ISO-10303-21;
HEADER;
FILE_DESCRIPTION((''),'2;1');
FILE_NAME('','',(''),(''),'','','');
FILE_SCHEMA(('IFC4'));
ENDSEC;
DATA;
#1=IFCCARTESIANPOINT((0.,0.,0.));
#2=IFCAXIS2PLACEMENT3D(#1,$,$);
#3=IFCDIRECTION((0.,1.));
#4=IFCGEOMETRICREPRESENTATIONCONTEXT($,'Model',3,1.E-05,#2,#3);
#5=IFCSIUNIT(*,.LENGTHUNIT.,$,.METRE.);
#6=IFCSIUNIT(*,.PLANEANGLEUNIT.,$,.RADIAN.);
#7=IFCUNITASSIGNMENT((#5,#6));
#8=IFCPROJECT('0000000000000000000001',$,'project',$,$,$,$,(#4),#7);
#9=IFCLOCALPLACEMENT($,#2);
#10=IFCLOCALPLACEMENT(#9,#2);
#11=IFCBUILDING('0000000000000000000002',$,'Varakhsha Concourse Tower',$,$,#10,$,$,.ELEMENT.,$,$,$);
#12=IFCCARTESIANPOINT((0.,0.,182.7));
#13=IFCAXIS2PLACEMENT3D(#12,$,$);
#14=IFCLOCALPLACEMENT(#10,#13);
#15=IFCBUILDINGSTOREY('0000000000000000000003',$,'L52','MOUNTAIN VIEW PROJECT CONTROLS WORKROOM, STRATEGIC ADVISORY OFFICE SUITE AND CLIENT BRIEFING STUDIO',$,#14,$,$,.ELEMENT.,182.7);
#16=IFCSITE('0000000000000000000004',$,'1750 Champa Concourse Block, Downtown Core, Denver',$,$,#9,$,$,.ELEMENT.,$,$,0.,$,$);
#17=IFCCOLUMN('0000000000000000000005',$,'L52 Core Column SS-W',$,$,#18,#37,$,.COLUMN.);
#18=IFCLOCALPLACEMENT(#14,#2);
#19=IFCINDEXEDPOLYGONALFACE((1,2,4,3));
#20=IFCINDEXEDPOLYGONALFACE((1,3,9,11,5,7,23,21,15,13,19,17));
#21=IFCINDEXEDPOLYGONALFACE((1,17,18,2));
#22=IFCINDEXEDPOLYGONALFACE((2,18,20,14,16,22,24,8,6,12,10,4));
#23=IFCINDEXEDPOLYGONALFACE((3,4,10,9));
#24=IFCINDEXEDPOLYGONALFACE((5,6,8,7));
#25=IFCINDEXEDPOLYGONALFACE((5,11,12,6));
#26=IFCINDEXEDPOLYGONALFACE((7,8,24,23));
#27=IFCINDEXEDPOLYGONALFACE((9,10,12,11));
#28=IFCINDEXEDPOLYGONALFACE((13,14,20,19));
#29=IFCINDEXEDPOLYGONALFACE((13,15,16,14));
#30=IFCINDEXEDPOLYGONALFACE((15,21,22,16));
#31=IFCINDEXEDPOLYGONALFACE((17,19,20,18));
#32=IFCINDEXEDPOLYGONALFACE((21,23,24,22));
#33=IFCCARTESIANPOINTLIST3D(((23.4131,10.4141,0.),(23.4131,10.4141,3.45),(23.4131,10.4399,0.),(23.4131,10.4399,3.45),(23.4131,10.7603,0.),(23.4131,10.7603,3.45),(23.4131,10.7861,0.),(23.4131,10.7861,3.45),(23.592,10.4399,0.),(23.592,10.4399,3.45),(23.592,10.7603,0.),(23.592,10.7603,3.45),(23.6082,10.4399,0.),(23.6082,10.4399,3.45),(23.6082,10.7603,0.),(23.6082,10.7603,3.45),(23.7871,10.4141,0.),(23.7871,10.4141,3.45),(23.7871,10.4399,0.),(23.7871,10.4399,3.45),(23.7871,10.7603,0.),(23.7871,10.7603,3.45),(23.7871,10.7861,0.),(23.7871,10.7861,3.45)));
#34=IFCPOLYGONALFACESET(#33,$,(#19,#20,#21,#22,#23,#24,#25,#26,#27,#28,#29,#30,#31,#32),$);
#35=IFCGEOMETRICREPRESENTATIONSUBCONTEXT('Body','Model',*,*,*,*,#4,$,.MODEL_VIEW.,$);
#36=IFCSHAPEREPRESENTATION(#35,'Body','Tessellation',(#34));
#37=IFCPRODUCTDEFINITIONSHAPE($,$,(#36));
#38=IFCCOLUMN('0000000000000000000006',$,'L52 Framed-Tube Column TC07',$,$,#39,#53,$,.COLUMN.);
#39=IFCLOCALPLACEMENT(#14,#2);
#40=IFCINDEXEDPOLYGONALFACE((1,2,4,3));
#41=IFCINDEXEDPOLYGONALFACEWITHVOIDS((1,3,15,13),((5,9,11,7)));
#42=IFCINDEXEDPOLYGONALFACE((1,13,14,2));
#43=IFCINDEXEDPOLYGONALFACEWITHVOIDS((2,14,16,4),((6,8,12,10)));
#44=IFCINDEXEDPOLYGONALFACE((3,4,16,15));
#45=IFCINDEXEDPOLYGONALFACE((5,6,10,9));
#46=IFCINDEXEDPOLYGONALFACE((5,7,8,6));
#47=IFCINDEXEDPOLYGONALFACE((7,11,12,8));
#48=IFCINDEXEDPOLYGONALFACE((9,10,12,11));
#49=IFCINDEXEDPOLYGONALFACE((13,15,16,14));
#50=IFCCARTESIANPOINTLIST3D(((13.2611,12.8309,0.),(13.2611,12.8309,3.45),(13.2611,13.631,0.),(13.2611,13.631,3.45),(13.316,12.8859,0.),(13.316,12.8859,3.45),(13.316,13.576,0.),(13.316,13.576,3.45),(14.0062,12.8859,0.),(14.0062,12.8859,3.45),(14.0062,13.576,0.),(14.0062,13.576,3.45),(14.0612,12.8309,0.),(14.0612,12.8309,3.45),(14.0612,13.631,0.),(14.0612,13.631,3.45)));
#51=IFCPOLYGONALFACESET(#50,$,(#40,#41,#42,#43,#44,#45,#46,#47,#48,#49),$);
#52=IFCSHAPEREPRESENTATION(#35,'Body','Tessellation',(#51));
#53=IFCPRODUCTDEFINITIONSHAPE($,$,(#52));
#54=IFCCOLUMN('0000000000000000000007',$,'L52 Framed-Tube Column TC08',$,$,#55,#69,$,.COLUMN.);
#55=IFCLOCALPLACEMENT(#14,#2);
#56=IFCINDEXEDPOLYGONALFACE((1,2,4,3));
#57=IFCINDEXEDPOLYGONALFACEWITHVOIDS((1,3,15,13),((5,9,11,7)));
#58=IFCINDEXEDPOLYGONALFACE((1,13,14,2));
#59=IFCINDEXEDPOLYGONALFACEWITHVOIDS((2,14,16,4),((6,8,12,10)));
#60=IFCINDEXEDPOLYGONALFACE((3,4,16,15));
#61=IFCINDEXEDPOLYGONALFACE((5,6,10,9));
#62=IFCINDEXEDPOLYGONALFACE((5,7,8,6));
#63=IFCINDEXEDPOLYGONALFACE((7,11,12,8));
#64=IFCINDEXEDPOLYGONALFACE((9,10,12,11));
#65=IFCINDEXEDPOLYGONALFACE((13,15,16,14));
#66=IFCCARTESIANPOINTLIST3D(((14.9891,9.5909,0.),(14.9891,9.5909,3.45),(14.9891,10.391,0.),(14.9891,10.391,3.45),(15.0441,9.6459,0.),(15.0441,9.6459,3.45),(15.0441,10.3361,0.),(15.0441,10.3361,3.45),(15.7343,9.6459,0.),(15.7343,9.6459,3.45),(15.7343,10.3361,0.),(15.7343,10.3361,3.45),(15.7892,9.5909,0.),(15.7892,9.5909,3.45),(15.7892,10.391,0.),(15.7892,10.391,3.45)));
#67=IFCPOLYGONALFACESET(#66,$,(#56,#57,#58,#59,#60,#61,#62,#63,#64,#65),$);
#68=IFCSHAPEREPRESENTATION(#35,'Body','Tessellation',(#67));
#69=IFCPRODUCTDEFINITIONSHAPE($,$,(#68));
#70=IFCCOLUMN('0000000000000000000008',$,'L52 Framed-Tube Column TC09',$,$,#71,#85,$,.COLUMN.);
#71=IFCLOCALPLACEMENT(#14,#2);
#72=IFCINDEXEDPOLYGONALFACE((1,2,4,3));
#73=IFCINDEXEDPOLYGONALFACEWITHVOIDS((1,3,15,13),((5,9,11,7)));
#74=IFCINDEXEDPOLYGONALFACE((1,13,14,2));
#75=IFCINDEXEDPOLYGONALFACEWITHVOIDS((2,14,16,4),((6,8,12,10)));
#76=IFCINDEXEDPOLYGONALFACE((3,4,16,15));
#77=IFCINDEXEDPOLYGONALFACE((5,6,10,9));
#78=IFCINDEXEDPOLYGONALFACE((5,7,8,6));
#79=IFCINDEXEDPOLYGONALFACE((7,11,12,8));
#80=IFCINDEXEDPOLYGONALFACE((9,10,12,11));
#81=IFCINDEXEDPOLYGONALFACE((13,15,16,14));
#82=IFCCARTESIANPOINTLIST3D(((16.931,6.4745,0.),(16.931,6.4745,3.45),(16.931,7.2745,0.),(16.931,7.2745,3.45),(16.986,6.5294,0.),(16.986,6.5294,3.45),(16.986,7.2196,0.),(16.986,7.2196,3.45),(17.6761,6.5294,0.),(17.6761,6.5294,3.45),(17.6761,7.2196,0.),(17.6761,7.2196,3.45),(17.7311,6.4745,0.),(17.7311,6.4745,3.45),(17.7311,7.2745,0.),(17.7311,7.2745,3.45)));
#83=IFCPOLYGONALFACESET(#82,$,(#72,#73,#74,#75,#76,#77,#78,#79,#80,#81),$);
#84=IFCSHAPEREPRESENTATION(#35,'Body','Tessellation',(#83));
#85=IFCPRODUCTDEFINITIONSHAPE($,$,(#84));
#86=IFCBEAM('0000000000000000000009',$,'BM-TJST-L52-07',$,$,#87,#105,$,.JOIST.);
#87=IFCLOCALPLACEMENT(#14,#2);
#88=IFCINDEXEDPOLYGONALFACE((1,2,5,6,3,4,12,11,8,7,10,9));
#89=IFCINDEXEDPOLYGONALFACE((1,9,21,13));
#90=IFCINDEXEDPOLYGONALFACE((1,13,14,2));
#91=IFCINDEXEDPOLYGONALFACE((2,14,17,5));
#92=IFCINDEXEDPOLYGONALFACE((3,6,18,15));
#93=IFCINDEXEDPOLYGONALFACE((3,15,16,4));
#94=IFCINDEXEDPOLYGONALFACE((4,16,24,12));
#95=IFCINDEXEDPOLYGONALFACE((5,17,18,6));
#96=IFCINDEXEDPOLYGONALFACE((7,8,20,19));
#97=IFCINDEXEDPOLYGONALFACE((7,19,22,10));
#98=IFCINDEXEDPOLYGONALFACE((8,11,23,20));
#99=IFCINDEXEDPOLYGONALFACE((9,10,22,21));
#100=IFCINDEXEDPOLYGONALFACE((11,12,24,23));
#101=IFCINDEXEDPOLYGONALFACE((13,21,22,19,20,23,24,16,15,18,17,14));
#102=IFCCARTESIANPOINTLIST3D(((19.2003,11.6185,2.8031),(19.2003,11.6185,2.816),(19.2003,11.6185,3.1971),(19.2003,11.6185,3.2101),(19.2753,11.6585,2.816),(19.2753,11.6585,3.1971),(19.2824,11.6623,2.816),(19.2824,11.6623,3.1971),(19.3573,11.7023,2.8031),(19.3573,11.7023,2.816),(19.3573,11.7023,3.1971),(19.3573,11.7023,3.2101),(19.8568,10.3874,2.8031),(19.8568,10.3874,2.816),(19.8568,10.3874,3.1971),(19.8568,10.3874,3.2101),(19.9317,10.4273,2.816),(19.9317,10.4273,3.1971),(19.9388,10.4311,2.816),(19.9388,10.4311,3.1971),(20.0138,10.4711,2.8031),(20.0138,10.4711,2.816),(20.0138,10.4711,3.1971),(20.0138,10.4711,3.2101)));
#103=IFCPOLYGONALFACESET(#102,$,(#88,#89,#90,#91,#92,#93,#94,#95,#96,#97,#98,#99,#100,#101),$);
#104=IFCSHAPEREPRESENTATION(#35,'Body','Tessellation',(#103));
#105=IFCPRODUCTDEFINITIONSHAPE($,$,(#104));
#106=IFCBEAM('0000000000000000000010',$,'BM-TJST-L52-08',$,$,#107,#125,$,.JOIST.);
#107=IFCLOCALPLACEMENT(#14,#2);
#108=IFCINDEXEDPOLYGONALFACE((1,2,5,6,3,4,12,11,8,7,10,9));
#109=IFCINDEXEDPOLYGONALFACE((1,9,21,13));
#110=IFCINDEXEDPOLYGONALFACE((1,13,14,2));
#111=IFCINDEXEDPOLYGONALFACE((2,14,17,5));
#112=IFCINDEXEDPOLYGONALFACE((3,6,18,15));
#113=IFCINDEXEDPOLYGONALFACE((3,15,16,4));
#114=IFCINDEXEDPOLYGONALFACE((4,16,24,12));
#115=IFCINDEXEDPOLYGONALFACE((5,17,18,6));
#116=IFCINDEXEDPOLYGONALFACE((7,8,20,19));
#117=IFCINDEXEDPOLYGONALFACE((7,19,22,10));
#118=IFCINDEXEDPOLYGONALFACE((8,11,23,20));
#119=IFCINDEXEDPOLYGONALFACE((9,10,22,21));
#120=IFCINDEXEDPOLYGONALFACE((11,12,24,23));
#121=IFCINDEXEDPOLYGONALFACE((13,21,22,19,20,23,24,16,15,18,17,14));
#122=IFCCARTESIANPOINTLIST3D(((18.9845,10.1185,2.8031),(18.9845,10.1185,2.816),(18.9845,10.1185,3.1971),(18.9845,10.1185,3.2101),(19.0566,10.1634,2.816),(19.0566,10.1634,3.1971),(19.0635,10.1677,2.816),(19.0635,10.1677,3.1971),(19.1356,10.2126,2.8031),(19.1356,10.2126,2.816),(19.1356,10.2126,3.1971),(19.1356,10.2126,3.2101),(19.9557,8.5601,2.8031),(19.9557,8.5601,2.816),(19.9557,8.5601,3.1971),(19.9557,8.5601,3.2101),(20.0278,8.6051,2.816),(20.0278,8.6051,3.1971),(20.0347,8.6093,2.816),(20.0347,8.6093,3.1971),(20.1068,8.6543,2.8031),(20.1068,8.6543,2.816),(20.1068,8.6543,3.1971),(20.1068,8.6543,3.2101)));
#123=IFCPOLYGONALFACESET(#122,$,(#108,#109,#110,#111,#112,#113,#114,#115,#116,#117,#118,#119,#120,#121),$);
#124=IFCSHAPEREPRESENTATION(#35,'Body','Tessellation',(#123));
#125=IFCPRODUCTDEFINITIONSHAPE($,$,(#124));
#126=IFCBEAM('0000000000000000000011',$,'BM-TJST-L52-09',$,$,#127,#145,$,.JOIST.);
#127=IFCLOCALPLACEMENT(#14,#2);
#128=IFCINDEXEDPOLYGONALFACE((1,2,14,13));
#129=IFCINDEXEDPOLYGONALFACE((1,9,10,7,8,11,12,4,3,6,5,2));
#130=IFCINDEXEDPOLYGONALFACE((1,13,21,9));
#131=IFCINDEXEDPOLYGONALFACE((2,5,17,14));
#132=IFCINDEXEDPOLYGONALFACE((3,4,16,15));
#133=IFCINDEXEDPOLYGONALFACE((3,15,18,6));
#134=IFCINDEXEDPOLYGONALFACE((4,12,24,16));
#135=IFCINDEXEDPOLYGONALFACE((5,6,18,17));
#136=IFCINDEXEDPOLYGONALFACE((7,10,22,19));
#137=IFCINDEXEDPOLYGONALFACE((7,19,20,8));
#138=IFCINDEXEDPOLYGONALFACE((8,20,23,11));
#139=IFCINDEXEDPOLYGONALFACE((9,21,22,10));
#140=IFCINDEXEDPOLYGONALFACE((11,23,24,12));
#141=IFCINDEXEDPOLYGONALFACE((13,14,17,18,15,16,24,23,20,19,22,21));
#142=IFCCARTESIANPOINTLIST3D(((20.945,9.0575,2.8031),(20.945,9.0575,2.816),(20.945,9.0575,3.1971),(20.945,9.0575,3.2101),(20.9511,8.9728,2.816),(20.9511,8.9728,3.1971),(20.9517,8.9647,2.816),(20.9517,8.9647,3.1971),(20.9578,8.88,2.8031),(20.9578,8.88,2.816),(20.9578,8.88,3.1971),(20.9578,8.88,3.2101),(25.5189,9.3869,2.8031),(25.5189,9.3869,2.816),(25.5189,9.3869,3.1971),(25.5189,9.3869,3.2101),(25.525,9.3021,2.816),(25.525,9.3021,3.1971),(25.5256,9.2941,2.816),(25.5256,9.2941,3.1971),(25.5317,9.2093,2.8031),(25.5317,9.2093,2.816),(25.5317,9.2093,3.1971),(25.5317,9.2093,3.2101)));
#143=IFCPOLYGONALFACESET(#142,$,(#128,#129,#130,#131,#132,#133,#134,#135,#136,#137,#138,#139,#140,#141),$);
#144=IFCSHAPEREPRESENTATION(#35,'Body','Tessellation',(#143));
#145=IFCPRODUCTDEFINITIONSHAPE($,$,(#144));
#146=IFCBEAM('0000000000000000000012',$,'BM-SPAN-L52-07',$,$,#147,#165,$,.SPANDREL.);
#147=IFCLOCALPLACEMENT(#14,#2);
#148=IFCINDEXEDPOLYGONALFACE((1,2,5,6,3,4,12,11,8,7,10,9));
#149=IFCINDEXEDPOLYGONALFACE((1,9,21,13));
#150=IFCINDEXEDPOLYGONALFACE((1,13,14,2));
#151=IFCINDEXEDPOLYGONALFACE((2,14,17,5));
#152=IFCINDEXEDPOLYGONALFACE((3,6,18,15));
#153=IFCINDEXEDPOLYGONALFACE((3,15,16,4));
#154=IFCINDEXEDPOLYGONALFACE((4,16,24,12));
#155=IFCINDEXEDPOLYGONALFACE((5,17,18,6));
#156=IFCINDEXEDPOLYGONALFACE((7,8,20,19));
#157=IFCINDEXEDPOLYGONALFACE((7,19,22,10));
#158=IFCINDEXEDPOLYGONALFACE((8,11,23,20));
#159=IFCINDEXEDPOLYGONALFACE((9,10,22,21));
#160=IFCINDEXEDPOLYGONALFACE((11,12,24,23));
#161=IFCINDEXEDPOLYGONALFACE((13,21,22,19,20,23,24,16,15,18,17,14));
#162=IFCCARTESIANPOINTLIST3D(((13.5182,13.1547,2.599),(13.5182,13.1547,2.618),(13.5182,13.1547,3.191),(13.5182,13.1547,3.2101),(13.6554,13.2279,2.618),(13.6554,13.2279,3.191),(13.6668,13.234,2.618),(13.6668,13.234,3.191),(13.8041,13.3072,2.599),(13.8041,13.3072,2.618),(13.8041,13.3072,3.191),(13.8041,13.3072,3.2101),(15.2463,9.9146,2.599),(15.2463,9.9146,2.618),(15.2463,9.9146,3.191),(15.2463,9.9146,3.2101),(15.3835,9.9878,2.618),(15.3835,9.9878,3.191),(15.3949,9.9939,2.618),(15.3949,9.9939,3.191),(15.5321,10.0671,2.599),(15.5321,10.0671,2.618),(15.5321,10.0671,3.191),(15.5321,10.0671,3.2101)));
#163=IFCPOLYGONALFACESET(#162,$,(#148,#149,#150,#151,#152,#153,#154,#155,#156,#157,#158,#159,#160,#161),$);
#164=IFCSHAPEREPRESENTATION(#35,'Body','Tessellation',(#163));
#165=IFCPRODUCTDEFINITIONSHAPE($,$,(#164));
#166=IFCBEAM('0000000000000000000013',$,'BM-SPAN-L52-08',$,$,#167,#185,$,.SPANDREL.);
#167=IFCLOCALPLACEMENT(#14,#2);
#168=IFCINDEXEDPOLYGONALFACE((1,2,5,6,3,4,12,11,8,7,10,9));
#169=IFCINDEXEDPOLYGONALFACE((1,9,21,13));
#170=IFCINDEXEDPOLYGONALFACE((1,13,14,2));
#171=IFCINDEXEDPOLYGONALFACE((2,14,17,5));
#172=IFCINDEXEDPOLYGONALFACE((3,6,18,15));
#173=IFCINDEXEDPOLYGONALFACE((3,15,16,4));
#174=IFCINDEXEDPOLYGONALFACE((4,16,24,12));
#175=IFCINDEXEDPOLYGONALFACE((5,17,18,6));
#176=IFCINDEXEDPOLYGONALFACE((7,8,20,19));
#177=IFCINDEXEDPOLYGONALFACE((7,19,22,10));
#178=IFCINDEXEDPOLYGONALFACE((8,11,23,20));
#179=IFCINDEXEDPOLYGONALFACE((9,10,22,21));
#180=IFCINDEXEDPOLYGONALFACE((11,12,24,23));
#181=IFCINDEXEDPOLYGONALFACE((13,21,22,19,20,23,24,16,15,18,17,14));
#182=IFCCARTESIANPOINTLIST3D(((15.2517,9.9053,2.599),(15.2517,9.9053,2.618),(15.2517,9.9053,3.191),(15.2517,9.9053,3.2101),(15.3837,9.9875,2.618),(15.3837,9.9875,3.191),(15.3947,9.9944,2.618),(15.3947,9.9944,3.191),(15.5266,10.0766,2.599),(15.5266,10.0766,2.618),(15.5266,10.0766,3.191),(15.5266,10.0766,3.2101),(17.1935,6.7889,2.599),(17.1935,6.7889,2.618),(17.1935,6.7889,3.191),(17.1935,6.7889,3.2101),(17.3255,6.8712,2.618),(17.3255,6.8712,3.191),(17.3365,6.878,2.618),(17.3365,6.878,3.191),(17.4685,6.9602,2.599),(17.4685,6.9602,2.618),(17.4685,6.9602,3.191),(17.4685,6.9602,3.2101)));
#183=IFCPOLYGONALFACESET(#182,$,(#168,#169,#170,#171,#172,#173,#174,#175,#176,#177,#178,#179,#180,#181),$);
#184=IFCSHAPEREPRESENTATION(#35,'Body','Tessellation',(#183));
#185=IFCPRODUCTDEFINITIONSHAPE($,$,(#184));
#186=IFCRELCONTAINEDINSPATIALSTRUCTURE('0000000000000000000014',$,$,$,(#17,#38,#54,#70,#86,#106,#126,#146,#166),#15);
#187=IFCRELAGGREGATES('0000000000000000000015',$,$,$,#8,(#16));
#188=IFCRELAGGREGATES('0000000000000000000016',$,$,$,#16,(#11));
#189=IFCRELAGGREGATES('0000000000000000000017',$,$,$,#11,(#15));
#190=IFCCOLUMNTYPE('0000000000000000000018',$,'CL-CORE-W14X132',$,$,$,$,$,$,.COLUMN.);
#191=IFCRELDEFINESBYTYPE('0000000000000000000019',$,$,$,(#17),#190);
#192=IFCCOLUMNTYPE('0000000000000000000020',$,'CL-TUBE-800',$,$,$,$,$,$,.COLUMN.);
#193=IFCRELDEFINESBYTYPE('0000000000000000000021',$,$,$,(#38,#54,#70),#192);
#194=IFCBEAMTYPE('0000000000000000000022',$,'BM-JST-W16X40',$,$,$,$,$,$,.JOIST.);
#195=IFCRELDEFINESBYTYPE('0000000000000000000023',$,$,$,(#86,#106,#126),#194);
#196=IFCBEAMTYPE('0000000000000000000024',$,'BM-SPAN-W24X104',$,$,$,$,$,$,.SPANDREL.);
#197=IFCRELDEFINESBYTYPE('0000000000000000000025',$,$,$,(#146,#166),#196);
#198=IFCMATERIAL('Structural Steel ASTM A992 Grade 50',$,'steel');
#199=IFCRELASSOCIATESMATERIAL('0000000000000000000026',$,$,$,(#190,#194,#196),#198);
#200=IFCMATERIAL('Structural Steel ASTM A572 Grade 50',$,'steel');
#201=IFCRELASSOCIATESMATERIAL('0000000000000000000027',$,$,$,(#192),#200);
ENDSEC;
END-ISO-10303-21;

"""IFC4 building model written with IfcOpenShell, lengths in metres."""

from ifc_helpers import new_model, si_unit, direction, frame, origin, origin_2d, place, context, subcontext, project, spatial, hollow_rectangle, i_section, extrude, material, material_profile, profile_set, type_object, element, save


model = new_model("IFC4")

# Units and contexts
model_context = context("Model", 3, precision=1e-05, world=origin(), true_north=direction((0.0, 1.0)))
body_context = subcontext(model_context, "Body", "Model", "MODEL_VIEW")
ifc_project = project(units=[si_unit("LENGTHUNIT", "METRE"), si_unit("PLANEANGLEUNIT", "RADIAN")], contexts=[model_context])

# Site, building, storey
site_placement = place(None, origin())
site = spatial("IfcSite", under=ifc_project, at=site_placement, Name="1750 Champa Concourse Block, Downtown Core, Denver", CompositionType="ELEMENT", RefElevation=0.0)
building_placement = place(site_placement, origin())
building = spatial("IfcBuilding", under=site, at=building_placement, Name="Varakhsha Concourse Tower", CompositionType="ELEMENT")
storey_placement = place(building_placement, frame((0.0, 0.0, 182.7)))
storey = spatial("IfcBuildingStorey", under=building, at=storey_placement, Name="L52", Description="MOUNTAIN VIEW PROJECT CONTROLS WORKROOM, STRATEGIC ADVISORY OFFICE SUITE AND CLIENT BRIEFING STUDIO", CompositionType="ELEMENT", Elevation=182.7)

# Columns
ifc_material_1 = material(Name="Structural Steel ASTM A992 Grade 50", Category="steel")
ifc_material_profile_1 = material_profile(ifc_material_1, i_section(OverallWidth=0.374, OverallDepth=0.3721, WebThickness=0.0161, FlangeThickness=0.0259, at=origin_2d()), Name="W14X132")
ifc_profile_set_1 = profile_set([ifc_material_profile_1], Name="Structural Steel ASTM A992 Grade 50")
column_type_1 = type_object("IfcColumnType", Name="CL-CORE-W14X132", PredefinedType="COLUMN", material=ifc_profile_set_1)
column_placement = place(storey_placement, frame((23.6001, 10.6001, 0.0), z_axis=(0.0, 0.0, 1.0), x_axis=(1.0, 0.0, 0.0)))
element("IfcColumn", 1, at=column_placement, inside=storey, type_object=column_type_1, Name="L52 Core Column SS-W", PredefinedType="COLUMN", context=body_context, shape_type="SweptSolid", body=[
    extrude(i_section(OverallWidth=0.374, OverallDepth=0.3721, WebThickness=0.0161, FlangeThickness=0.0259, at=origin_2d()), origin(), (0.0, 0.0, 1.0), 3.45),
])
ifc_material_2 = material(Name="Structural Steel ASTM A572 Grade 50", Category="steel")
ifc_material_profile_2 = material_profile(ifc_material_2, hollow_rectangle(XDim=0.8, YDim=0.8, WallThickness=0.0549, at=origin_2d()), Name="BOX 800x800x55")
ifc_profile_set_2 = profile_set([ifc_material_profile_2], Name="Structural Steel ASTM A572 Grade 50")
column_type_2 = type_object("IfcColumnType", Name="CL-TUBE-800", PredefinedType="COLUMN", material=ifc_profile_set_2)
for number, where, z_axis, x_axis, name in (
    (2, (13.6611, 13.231, 0.0), (0.0, 0.0, 1.0), (1.0, 0.0, 0.0), "L52 Framed-Tube Column TC07"),
    (3, (15.3892, 9.991, 0.0), (0.0, 0.0, 1.0), (1.0, 0.0, 0.0), "L52 Framed-Tube Column TC08"),
    (4, (17.3311, 6.8745, 0.0), (0.0, 0.0, 1.0), (1.0, 0.0, 0.0), "L52 Framed-Tube Column TC09"),
):
    element("IfcColumn", number, at=place(storey_placement, frame(where, z_axis=z_axis, x_axis=x_axis)), inside=storey, type_object=column_type_2, Name=name, PredefinedType="COLUMN", context=body_context, shape_type="SweptSolid", body=[
        extrude(hollow_rectangle(XDim=0.8, YDim=0.8, WallThickness=0.0549, at=origin_2d()), origin(), (0.0, 0.0, 1.0), 3.45),
    ])

# Beams
ifc_material_profile_3 = material_profile(ifc_material_1, i_section(OverallWidth=0.178, OverallDepth=0.407, WebThickness=0.0081, FlangeThickness=0.0129, at=origin_2d()), Name="W16X40")
ifc_profile_set_3 = profile_set([ifc_material_profile_3], Name="Structural Steel ASTM A992 Grade 50")
beam_type_1 = type_object("IfcBeamType", Name="BM-JST-W16X40", PredefinedType="JOIST", material=ifc_profile_set_3)
beam_1_placement = place(storey_placement, frame((19.2788, 11.6604, 3.0066), z_axis=(0.470506, -0.882397, 0.0), x_axis=(0.882397, 0.470506, 0.0)))
element("IfcBeam", 5, at=beam_1_placement, inside=storey, type_object=beam_type_1, Name="BM-TJST-L52-07", PredefinedType="JOIST", context=body_context, shape_type="SweptSolid", body=[
    extrude(i_section(OverallWidth=0.178, OverallDepth=0.407, WebThickness=0.0081, FlangeThickness=0.0129, at=origin_2d()), origin(), (0.0, 0.0, 1.0), 1.3953),
])
beam_2_placement = place(storey_placement, frame((19.0601, 10.1655, 3.0066), z_axis=(0.528911, -0.848677, 0.0), x_axis=(0.848677, 0.528911, 0.0)))
element("IfcBeam", 6, at=beam_2_placement, inside=storey, type_object=beam_type_1, Name="BM-TJST-L52-08", PredefinedType="JOIST", context=body_context, shape_type="SweptSolid", body=[
    extrude(i_section(OverallWidth=0.178, OverallDepth=0.407, WebThickness=0.0081, FlangeThickness=0.0129, at=origin_2d()), origin(), (0.0, 0.0, 1.0), 1.8362),
])
beam_3_placement = place(storey_placement, frame((20.9514, 8.9688, 3.0066), z_axis=(0.997417, 0.071822, 0.0), x_axis=(-0.071822, 0.997417, 0.0)))
element("IfcBeam", 7, at=beam_3_placement, inside=storey, type_object=beam_type_1, Name="BM-TJST-L52-09", PredefinedType="JOIST", context=body_context, shape_type="SweptSolid", body=[
    extrude(i_section(OverallWidth=0.178, OverallDepth=0.407, WebThickness=0.0081, FlangeThickness=0.0129, at=origin_2d()), origin(), (0.0, 0.0, 1.0), 4.5857),
])
ifc_material_profile_4 = material_profile(ifc_material_1, i_section(OverallWidth=0.324, OverallDepth=0.6111, WebThickness=0.0129, FlangeThickness=0.019, at=origin_2d()), Name="W24X104")
ifc_profile_set_4 = profile_set([ifc_material_profile_4], Name="Structural Steel ASTM A992 Grade 50")
beam_type_2 = type_object("IfcBeamType", Name="BM-SPAN-W24X104", PredefinedType="SPANDREL", material=ifc_profile_set_4)
beam_4_placement = place(storey_placement, frame((13.6611, 13.231, 2.9045), z_axis=(0.470595, -0.882349, 0.0), x_axis=(0.882349, 0.470595, 0.0)))
element("IfcBeam", 8, at=beam_4_placement, inside=storey, type_object=beam_type_2, Name="BM-SPAN-L52-07", PredefinedType="SPANDREL", context=body_context, shape_type="SweptSolid", body=[
    extrude(i_section(OverallWidth=0.324, OverallDepth=0.6111, WebThickness=0.0129, FlangeThickness=0.019, at=origin_2d()), origin(), (0.0, 0.0, 1.0), 3.6721),
])
beam_5_placement = place(storey_placement, frame((15.3892, 9.991, 2.9045), z_axis=(0.528845, -0.848718, 0.0), x_axis=(0.848718, 0.528845, 0.0)))
element("IfcBeam", 9, at=beam_5_placement, inside=storey, type_object=beam_type_2, Name="BM-SPAN-L52-08", PredefinedType="SPANDREL", context=body_context, shape_type="SweptSolid", body=[
    extrude(i_section(OverallWidth=0.324, OverallDepth=0.6111, WebThickness=0.0129, FlangeThickness=0.019, at=origin_2d()), origin(), (0.0, 0.0, 1.0), 3.6719),
])

save(model, "model.ifc")
